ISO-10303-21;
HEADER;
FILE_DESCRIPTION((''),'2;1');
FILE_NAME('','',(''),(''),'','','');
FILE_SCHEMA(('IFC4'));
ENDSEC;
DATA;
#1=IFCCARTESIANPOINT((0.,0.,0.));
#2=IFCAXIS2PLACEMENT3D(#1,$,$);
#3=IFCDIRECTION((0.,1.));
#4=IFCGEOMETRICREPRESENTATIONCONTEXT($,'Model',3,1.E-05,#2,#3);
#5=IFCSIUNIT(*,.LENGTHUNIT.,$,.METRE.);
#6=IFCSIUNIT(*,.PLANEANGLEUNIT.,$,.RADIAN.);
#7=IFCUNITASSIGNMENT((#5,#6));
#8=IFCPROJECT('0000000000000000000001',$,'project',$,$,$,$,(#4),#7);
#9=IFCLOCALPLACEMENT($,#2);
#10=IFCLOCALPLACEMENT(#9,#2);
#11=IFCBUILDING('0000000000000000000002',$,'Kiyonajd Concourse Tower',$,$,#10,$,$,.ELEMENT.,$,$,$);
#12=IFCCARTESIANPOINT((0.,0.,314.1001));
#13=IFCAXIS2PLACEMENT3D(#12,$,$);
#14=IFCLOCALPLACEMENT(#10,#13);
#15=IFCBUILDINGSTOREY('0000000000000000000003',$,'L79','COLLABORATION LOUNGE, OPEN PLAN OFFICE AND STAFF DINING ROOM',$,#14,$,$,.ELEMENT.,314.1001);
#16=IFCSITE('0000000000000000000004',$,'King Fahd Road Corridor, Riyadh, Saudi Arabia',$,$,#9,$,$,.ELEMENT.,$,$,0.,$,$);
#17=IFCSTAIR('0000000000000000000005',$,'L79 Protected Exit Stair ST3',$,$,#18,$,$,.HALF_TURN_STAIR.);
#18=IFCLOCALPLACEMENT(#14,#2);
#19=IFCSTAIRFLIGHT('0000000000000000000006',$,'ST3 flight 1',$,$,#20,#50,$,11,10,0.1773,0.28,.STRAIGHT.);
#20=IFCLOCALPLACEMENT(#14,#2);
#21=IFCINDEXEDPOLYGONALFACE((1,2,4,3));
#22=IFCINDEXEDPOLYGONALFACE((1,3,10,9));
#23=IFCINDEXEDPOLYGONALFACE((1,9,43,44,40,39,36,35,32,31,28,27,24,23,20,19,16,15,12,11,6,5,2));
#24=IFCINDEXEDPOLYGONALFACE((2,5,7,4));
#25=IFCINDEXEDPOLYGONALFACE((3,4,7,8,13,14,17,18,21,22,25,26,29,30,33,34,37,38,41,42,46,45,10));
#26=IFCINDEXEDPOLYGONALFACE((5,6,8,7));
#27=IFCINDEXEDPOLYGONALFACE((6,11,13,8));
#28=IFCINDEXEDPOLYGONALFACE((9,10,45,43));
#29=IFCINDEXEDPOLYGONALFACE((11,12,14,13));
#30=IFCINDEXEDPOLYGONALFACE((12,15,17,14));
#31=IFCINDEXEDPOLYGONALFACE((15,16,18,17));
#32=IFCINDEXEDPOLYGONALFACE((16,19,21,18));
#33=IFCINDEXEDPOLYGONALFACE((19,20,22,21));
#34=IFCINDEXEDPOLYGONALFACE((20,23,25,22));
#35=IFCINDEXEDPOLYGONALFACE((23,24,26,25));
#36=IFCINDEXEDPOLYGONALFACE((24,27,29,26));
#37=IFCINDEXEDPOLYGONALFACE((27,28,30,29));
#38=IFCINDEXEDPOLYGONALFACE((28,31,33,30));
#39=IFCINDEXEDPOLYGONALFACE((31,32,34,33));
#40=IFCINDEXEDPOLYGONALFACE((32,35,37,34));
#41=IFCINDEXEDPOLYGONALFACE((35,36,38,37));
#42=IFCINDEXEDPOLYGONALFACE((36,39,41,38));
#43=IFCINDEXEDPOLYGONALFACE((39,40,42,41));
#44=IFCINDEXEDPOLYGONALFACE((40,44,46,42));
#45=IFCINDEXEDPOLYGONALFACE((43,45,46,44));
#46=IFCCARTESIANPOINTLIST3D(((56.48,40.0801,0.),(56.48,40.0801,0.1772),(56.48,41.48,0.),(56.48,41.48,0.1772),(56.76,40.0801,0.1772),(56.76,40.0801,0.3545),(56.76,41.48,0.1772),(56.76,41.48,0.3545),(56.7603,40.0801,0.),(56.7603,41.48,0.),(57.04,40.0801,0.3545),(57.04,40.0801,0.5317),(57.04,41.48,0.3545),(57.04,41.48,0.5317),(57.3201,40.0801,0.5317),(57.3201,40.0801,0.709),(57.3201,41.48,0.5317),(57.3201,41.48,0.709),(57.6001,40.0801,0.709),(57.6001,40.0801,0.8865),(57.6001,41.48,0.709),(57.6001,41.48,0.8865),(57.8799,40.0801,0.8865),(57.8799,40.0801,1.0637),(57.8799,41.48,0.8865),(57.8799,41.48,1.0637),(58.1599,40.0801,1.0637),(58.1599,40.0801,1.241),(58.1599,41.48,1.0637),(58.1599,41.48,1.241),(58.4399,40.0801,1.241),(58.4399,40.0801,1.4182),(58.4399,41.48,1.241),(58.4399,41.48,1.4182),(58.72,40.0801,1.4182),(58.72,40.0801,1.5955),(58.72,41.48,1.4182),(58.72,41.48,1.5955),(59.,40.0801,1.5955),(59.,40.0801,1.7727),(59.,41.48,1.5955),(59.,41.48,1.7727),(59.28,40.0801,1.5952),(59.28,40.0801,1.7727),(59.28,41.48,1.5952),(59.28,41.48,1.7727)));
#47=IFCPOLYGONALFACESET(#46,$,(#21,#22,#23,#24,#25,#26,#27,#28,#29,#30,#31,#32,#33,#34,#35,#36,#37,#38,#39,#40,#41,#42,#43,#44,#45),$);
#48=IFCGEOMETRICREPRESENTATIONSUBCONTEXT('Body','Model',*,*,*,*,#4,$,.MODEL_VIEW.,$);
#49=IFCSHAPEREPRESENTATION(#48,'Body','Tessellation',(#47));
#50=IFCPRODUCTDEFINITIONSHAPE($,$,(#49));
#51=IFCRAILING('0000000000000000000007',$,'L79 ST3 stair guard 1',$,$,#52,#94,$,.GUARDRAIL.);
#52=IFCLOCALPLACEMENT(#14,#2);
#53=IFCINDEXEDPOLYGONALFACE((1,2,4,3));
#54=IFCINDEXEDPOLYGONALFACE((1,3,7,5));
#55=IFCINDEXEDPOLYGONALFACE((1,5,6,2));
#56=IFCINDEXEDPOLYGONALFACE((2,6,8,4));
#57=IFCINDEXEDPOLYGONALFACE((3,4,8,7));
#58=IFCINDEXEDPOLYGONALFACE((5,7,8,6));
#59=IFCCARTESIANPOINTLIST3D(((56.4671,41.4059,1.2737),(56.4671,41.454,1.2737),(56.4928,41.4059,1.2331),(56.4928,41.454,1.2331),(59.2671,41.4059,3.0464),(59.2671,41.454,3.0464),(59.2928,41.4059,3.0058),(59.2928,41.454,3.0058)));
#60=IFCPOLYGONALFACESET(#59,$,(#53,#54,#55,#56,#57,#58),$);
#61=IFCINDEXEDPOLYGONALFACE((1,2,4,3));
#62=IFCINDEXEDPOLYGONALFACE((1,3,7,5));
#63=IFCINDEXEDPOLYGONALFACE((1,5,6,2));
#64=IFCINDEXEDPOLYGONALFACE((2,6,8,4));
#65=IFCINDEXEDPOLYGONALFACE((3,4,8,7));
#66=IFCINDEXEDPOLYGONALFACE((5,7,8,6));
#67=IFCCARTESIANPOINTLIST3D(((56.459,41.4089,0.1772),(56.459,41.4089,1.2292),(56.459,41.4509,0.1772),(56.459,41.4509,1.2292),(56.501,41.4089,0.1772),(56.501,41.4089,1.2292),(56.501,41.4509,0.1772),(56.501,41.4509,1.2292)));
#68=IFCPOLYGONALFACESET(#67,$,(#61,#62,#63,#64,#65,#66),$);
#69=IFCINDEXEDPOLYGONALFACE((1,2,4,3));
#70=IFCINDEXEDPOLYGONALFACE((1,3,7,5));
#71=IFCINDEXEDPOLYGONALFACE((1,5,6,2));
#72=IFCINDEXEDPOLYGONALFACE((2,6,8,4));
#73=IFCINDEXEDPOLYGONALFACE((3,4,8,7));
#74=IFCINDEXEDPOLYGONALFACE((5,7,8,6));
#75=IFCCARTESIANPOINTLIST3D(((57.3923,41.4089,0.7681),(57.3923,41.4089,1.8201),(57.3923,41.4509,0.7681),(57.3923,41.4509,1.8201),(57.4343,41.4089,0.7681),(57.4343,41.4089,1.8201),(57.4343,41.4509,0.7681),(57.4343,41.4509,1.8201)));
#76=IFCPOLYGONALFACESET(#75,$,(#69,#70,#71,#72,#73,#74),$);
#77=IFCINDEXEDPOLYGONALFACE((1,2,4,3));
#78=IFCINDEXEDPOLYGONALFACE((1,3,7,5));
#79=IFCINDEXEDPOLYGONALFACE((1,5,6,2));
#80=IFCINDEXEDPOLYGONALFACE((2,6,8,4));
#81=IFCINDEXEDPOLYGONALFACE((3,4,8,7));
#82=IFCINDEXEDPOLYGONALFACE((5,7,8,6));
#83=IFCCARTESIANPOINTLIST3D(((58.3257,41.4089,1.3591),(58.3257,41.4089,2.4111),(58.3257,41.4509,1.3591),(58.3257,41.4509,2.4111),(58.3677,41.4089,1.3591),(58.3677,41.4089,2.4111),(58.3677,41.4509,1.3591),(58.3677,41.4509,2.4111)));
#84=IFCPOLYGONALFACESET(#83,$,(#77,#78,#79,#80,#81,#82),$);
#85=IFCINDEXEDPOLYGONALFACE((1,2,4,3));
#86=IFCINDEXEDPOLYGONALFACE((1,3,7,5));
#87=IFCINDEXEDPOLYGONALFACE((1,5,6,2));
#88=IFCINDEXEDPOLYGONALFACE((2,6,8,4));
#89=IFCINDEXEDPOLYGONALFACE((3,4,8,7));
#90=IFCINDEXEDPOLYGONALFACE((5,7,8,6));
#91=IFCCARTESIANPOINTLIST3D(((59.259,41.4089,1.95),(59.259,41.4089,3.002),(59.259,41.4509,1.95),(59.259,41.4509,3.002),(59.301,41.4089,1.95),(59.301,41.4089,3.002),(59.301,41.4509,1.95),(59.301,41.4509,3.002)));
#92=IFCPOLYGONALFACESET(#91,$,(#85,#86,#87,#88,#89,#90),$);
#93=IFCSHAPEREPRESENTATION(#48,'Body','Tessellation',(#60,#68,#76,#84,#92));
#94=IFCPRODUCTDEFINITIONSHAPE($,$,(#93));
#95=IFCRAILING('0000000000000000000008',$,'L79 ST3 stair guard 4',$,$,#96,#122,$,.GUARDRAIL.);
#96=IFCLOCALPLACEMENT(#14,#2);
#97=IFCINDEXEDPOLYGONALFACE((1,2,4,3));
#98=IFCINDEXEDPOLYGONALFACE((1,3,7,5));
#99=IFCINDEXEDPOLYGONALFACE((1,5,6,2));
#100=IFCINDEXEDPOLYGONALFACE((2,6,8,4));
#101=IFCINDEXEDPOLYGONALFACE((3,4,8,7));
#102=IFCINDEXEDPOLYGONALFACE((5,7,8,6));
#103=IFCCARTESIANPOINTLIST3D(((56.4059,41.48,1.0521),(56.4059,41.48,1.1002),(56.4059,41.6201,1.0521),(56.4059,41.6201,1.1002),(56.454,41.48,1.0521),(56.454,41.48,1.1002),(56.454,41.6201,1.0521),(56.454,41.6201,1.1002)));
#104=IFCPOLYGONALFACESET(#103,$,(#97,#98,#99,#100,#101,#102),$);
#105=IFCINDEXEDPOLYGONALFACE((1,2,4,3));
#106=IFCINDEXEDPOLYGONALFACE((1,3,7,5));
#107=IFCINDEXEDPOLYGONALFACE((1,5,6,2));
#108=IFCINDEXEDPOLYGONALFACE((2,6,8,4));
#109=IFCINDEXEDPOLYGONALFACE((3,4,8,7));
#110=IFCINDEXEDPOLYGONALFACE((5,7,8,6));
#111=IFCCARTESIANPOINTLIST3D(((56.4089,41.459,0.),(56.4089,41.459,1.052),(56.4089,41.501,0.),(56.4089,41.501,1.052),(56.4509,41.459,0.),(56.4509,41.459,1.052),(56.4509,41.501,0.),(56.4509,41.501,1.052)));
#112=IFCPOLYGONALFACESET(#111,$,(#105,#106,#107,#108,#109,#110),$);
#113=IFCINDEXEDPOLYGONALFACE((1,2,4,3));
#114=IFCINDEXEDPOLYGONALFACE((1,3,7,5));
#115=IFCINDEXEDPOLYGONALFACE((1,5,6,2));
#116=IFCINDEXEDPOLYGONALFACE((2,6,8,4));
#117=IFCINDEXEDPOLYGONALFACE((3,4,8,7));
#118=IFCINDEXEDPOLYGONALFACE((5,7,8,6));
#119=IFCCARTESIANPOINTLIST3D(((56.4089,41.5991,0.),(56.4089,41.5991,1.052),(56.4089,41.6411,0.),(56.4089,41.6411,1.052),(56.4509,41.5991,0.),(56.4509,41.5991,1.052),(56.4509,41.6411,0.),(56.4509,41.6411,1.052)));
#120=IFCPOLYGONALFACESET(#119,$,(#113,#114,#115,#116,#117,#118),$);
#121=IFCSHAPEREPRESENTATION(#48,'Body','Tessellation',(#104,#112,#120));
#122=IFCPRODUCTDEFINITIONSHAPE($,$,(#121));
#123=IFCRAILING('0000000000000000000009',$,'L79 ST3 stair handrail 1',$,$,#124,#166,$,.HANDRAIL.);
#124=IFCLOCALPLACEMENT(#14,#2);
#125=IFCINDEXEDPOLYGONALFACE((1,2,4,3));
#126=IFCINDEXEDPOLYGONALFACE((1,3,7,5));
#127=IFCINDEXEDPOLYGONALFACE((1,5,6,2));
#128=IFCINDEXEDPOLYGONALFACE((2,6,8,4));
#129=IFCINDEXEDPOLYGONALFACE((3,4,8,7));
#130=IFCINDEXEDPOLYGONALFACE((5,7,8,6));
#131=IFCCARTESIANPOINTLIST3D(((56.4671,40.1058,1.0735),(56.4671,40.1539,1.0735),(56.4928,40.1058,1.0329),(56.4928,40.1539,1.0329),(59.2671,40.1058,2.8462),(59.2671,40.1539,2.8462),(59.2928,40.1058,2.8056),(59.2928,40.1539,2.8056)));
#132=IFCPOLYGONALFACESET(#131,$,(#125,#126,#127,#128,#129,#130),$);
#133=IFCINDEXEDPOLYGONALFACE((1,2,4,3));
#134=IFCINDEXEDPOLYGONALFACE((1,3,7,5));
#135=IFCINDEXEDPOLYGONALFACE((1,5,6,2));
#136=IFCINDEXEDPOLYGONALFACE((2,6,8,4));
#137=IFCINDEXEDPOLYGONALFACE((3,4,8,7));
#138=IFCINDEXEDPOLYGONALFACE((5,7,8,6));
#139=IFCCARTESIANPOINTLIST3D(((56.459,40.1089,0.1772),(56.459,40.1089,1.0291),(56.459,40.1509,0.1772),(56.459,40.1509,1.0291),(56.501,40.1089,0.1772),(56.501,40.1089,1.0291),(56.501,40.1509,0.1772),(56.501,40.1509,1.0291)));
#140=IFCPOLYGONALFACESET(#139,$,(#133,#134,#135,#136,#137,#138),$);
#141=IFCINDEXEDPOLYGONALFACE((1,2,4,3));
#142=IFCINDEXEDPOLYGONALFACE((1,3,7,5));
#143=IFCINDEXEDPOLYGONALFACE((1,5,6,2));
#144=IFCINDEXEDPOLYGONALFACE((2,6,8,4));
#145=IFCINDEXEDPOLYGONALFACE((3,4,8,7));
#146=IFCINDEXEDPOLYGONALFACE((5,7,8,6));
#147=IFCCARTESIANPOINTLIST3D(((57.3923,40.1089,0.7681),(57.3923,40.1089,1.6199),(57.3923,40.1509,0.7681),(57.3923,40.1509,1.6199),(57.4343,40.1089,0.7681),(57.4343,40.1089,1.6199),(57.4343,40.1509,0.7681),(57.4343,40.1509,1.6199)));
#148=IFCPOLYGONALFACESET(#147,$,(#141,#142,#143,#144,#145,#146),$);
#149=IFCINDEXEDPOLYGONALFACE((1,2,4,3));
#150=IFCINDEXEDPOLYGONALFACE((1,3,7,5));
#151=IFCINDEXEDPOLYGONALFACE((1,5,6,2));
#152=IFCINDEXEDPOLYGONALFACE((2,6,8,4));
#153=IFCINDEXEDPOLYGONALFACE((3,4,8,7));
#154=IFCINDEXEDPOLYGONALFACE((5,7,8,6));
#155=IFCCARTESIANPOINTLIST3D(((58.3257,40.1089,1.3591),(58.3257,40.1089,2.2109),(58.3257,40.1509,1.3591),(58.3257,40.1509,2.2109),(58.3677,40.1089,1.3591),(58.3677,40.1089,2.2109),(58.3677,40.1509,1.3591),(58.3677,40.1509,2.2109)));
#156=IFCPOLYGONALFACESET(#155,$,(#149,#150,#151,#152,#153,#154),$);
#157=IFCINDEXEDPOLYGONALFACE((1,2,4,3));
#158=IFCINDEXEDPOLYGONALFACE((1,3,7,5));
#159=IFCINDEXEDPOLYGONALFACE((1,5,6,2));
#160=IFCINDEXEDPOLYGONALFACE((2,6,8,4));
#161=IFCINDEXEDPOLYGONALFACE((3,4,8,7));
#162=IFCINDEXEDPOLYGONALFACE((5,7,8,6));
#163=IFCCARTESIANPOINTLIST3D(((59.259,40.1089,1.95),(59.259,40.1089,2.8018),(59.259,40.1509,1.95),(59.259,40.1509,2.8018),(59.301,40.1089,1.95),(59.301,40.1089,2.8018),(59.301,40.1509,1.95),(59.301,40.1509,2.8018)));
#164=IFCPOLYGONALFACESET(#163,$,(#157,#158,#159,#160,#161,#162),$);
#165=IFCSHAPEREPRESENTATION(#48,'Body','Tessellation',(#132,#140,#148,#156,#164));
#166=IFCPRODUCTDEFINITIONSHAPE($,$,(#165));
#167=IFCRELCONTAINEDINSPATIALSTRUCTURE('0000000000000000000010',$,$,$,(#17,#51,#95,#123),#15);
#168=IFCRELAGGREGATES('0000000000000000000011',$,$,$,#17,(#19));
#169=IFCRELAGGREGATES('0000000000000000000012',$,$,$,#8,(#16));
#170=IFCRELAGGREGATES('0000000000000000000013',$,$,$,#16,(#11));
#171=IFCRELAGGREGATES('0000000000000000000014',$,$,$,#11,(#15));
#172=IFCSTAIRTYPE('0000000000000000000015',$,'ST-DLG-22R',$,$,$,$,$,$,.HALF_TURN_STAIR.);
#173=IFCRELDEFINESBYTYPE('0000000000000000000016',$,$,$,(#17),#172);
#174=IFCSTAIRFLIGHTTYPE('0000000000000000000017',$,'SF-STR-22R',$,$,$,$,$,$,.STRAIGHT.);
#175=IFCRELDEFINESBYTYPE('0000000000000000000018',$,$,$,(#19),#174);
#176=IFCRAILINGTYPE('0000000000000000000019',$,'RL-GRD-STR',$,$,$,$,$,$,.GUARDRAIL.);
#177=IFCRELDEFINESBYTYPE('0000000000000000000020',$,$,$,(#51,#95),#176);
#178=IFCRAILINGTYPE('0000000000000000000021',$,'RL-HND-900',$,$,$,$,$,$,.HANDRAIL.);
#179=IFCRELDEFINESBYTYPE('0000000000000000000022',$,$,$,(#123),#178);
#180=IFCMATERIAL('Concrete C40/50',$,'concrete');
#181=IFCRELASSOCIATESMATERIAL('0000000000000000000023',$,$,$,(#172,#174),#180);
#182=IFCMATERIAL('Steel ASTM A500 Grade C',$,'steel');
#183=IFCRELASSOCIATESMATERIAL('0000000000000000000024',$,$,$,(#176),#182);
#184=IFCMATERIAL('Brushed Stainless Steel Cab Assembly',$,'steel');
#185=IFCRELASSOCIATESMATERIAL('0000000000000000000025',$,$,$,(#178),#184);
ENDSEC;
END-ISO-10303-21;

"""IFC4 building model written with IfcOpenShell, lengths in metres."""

from ifc_helpers import new_model, si_unit, direction, frame, origin, origin_2d, place, context, subcontext, project, spatial, polyline, rectangle, outline, extrude, material, type_object, element, aggregate, save


model = new_model("IFC4")

# Units and contexts
model_context = context("Model", 3, precision=1e-05, world=origin(), true_north=direction((0.0, 1.0)))
body_context = subcontext(model_context, "Body", "Model", "MODEL_VIEW")
ifc_project = project(units=[si_unit("LENGTHUNIT", "METRE"), si_unit("PLANEANGLEUNIT", "RADIAN")], contexts=[model_context])

# Site, building, storey
site_placement = place(None, origin())
site = spatial("IfcSite", under=ifc_project, at=site_placement, Name="King Fahd Road Corridor, Riyadh, Saudi Arabia", CompositionType="ELEMENT", RefElevation=0.0)
building_placement = place(site_placement, origin())
building = spatial("IfcBuilding", under=site, at=building_placement, Name="Kiyonajd Concourse Tower", CompositionType="ELEMENT")
storey_placement = place(building_placement, frame((0.0, 0.0, 314.1001)))
storey = spatial("IfcBuildingStorey", under=building, at=storey_placement, Name="L79", Description="COLLABORATION LOUNGE, OPEN PLAN OFFICE AND STAFF DINING ROOM", CompositionType="ELEMENT", Elevation=314.1001)

# Shared definitions
ifc_material_1 = material(Name="Brushed Stainless Steel Cab Assembly", Category="steel")

# Stair, stair flight
ifc_material_2 = material(Name="Concrete C40/50", Category="concrete")
stair_type = type_object("IfcStairType", Name="ST-DLG-22R", PredefinedType="HALF_TURN_STAIR", material=ifc_material_2)
stair_placement = place(storey_placement, origin())
stair = element("IfcStair", 1, at=stair_placement, inside=storey, type_object=stair_type, Name="L79 Protected Exit Stair ST3", PredefinedType="HALF_TURN_STAIR")
stair_flight_type = type_object("IfcStairFlightType", Name="SF-STR-22R", PredefinedType="STRAIGHT", material=ifc_material_2)
stair_flight_placement = place(storey_placement, frame((56.48, 40.78, 0.0), z_axis=(0.0, 0.0, 1.0), x_axis=(1.0, 0.0, 0.0)))
stair_flight = element("IfcStairFlight", 2, at=stair_flight_placement, type_object=stair_flight_type, Name="ST3 flight 1", NumberOfRisers=11, NumberOfTreads=10, PredefinedType="STRAIGHT", RiserHeight=0.1773, TreadLength=0.28, context=body_context, shape_type="SweptSolid", body=[
    extrude(outline(polyline([(0.0, 0.0), (0.0, 0.1772), (0.28, 0.1772), (0.28, 0.3545), (0.5601, 0.3545), (0.5601, 0.5317), (0.8401, 0.5317), (0.8401, 0.709), (1.1201, 0.709), (1.1201, 0.8865), (1.3999, 0.8865), (1.3999, 1.0637), (1.6799, 1.0637), (1.6799, 1.241), (1.96, 1.241), (1.96, 1.4182), (2.24, 1.4182), (2.24, 1.5955), (2.52, 1.5955), (2.52, 1.7727), (2.8, 1.7727), (2.8, 1.95), (2.8, 1.5952), (0.2803, 0.0), (0.0, 0.0)])), frame((0.0, 0.7, 0.0), z_axis=(0.0, -1.0, 0.0), x_axis=(1.0, 0.0, 0.0)), (0.0, 0.0, 1.0), 1.3999),
])
aggregate(stair, [stair_flight])

# Railings
ifc_material_3 = material(Name="Steel ASTM A500 Grade C", Category="steel")
railing_type_1 = type_object("IfcRailingType", Name="RL-GRD-STR", PredefinedType="GUARDRAIL", material=ifc_material_3)
railing_1_placement = place(storey_placement, frame((56.48, 41.4299, 0.1772)))
element("IfcRailing", 3, at=railing_1_placement, inside=storey, type_object=railing_type_1, Name="L79 ST3 stair guard 1", PredefinedType="GUARDRAIL", context=body_context, shape_type="SweptSolid", body=[
    extrude(rectangle(XDim=0.0481, YDim=0.0481, at=origin_2d()), frame((0.0, 0.0, 1.0762), z_axis=(0.844909, 0.0, 0.53491), x_axis=(0.0, 1.0, 0.0)), (0.0, 0.0, 1.0), 3.314),
    extrude(rectangle(XDim=0.042, YDim=0.042, at=origin_2d()), origin(), (0.0, 0.0, 1.0), 1.052),
    extrude(rectangle(XDim=0.042, YDim=0.042, at=origin_2d()), frame((0.9333, 0.0, 0.5908)), (0.0, 0.0, 1.0), 1.052),
    extrude(rectangle(XDim=0.042, YDim=0.042, at=origin_2d()), frame((1.8667, 0.0, 1.1819)), (0.0, 0.0, 1.0), 1.052),
    extrude(rectangle(XDim=0.042, YDim=0.042, at=origin_2d()), frame((2.8, 0.0, 1.7727)), (0.0, 0.0, 1.0), 1.052),
])
railing_2_placement = place(storey_placement, frame((56.4299, 41.48, 0.0)))
element("IfcRailing", 4, at=railing_2_placement, inside=storey, type_object=railing_type_1, Name="L79 ST3 stair guard 4", PredefinedType="GUARDRAIL", context=body_context, shape_type="SweptSolid", body=[
    extrude(rectangle(XDim=0.0481, YDim=0.0481, at=origin_2d()), frame((0.0, 0.0, 1.0762), z_axis=(0.0, 1.0, 0.0), x_axis=(-1.0, 0.0, 0.0)), (0.0, 0.0, 1.0), 0.1401),
    extrude(rectangle(XDim=0.042, YDim=0.042, at=origin_2d()), origin(), (0.0, 0.0, 1.0), 1.052),
    extrude(rectangle(XDim=0.042, YDim=0.042, at=origin_2d()), frame((0.0, 0.1401, 0.0)), (0.0, 0.0, 1.0), 1.052),
])
railing_type_2 = type_object("IfcRailingType", Name="RL-HND-900", PredefinedType="HANDRAIL", material=ifc_material_1)
railing_3_placement = place(storey_placement, frame((56.48, 40.1299, 0.1772)))
element("IfcRailing", 5, at=railing_3_placement, inside=storey, type_object=railing_type_2, Name="L79 ST3 stair handrail 1", PredefinedType="HANDRAIL", context=body_context, shape_type="SweptSolid", body=[
    extrude(rectangle(XDim=0.0481, YDim=0.0481, at=origin_2d()), frame((0.0, 0.0, 0.876), z_axis=(0.844909, 0.0, 0.53491), x_axis=(0.0, 1.0, 0.0)), (0.0, 0.0, 1.0), 3.314),
    extrude(rectangle(XDim=0.042, YDim=0.042, at=origin_2d()), origin(), (0.0, 0.0, 1.0), 0.8518),
    extrude(rectangle(XDim=0.042, YDim=0.042, at=origin_2d()), frame((0.9333, 0.0, 0.5908)), (0.0, 0.0, 1.0), 0.8518),
    extrude(rectangle(XDim=0.042, YDim=0.042, at=origin_2d()), frame((1.8667, 0.0, 1.1819)), (0.0, 0.0, 1.0), 0.8518),
    extrude(rectangle(XDim=0.042, YDim=0.042, at=origin_2d()), frame((2.8, 0.0, 1.7727)), (0.0, 0.0, 1.0), 0.8518),
])

save(model, "model.ifc")
